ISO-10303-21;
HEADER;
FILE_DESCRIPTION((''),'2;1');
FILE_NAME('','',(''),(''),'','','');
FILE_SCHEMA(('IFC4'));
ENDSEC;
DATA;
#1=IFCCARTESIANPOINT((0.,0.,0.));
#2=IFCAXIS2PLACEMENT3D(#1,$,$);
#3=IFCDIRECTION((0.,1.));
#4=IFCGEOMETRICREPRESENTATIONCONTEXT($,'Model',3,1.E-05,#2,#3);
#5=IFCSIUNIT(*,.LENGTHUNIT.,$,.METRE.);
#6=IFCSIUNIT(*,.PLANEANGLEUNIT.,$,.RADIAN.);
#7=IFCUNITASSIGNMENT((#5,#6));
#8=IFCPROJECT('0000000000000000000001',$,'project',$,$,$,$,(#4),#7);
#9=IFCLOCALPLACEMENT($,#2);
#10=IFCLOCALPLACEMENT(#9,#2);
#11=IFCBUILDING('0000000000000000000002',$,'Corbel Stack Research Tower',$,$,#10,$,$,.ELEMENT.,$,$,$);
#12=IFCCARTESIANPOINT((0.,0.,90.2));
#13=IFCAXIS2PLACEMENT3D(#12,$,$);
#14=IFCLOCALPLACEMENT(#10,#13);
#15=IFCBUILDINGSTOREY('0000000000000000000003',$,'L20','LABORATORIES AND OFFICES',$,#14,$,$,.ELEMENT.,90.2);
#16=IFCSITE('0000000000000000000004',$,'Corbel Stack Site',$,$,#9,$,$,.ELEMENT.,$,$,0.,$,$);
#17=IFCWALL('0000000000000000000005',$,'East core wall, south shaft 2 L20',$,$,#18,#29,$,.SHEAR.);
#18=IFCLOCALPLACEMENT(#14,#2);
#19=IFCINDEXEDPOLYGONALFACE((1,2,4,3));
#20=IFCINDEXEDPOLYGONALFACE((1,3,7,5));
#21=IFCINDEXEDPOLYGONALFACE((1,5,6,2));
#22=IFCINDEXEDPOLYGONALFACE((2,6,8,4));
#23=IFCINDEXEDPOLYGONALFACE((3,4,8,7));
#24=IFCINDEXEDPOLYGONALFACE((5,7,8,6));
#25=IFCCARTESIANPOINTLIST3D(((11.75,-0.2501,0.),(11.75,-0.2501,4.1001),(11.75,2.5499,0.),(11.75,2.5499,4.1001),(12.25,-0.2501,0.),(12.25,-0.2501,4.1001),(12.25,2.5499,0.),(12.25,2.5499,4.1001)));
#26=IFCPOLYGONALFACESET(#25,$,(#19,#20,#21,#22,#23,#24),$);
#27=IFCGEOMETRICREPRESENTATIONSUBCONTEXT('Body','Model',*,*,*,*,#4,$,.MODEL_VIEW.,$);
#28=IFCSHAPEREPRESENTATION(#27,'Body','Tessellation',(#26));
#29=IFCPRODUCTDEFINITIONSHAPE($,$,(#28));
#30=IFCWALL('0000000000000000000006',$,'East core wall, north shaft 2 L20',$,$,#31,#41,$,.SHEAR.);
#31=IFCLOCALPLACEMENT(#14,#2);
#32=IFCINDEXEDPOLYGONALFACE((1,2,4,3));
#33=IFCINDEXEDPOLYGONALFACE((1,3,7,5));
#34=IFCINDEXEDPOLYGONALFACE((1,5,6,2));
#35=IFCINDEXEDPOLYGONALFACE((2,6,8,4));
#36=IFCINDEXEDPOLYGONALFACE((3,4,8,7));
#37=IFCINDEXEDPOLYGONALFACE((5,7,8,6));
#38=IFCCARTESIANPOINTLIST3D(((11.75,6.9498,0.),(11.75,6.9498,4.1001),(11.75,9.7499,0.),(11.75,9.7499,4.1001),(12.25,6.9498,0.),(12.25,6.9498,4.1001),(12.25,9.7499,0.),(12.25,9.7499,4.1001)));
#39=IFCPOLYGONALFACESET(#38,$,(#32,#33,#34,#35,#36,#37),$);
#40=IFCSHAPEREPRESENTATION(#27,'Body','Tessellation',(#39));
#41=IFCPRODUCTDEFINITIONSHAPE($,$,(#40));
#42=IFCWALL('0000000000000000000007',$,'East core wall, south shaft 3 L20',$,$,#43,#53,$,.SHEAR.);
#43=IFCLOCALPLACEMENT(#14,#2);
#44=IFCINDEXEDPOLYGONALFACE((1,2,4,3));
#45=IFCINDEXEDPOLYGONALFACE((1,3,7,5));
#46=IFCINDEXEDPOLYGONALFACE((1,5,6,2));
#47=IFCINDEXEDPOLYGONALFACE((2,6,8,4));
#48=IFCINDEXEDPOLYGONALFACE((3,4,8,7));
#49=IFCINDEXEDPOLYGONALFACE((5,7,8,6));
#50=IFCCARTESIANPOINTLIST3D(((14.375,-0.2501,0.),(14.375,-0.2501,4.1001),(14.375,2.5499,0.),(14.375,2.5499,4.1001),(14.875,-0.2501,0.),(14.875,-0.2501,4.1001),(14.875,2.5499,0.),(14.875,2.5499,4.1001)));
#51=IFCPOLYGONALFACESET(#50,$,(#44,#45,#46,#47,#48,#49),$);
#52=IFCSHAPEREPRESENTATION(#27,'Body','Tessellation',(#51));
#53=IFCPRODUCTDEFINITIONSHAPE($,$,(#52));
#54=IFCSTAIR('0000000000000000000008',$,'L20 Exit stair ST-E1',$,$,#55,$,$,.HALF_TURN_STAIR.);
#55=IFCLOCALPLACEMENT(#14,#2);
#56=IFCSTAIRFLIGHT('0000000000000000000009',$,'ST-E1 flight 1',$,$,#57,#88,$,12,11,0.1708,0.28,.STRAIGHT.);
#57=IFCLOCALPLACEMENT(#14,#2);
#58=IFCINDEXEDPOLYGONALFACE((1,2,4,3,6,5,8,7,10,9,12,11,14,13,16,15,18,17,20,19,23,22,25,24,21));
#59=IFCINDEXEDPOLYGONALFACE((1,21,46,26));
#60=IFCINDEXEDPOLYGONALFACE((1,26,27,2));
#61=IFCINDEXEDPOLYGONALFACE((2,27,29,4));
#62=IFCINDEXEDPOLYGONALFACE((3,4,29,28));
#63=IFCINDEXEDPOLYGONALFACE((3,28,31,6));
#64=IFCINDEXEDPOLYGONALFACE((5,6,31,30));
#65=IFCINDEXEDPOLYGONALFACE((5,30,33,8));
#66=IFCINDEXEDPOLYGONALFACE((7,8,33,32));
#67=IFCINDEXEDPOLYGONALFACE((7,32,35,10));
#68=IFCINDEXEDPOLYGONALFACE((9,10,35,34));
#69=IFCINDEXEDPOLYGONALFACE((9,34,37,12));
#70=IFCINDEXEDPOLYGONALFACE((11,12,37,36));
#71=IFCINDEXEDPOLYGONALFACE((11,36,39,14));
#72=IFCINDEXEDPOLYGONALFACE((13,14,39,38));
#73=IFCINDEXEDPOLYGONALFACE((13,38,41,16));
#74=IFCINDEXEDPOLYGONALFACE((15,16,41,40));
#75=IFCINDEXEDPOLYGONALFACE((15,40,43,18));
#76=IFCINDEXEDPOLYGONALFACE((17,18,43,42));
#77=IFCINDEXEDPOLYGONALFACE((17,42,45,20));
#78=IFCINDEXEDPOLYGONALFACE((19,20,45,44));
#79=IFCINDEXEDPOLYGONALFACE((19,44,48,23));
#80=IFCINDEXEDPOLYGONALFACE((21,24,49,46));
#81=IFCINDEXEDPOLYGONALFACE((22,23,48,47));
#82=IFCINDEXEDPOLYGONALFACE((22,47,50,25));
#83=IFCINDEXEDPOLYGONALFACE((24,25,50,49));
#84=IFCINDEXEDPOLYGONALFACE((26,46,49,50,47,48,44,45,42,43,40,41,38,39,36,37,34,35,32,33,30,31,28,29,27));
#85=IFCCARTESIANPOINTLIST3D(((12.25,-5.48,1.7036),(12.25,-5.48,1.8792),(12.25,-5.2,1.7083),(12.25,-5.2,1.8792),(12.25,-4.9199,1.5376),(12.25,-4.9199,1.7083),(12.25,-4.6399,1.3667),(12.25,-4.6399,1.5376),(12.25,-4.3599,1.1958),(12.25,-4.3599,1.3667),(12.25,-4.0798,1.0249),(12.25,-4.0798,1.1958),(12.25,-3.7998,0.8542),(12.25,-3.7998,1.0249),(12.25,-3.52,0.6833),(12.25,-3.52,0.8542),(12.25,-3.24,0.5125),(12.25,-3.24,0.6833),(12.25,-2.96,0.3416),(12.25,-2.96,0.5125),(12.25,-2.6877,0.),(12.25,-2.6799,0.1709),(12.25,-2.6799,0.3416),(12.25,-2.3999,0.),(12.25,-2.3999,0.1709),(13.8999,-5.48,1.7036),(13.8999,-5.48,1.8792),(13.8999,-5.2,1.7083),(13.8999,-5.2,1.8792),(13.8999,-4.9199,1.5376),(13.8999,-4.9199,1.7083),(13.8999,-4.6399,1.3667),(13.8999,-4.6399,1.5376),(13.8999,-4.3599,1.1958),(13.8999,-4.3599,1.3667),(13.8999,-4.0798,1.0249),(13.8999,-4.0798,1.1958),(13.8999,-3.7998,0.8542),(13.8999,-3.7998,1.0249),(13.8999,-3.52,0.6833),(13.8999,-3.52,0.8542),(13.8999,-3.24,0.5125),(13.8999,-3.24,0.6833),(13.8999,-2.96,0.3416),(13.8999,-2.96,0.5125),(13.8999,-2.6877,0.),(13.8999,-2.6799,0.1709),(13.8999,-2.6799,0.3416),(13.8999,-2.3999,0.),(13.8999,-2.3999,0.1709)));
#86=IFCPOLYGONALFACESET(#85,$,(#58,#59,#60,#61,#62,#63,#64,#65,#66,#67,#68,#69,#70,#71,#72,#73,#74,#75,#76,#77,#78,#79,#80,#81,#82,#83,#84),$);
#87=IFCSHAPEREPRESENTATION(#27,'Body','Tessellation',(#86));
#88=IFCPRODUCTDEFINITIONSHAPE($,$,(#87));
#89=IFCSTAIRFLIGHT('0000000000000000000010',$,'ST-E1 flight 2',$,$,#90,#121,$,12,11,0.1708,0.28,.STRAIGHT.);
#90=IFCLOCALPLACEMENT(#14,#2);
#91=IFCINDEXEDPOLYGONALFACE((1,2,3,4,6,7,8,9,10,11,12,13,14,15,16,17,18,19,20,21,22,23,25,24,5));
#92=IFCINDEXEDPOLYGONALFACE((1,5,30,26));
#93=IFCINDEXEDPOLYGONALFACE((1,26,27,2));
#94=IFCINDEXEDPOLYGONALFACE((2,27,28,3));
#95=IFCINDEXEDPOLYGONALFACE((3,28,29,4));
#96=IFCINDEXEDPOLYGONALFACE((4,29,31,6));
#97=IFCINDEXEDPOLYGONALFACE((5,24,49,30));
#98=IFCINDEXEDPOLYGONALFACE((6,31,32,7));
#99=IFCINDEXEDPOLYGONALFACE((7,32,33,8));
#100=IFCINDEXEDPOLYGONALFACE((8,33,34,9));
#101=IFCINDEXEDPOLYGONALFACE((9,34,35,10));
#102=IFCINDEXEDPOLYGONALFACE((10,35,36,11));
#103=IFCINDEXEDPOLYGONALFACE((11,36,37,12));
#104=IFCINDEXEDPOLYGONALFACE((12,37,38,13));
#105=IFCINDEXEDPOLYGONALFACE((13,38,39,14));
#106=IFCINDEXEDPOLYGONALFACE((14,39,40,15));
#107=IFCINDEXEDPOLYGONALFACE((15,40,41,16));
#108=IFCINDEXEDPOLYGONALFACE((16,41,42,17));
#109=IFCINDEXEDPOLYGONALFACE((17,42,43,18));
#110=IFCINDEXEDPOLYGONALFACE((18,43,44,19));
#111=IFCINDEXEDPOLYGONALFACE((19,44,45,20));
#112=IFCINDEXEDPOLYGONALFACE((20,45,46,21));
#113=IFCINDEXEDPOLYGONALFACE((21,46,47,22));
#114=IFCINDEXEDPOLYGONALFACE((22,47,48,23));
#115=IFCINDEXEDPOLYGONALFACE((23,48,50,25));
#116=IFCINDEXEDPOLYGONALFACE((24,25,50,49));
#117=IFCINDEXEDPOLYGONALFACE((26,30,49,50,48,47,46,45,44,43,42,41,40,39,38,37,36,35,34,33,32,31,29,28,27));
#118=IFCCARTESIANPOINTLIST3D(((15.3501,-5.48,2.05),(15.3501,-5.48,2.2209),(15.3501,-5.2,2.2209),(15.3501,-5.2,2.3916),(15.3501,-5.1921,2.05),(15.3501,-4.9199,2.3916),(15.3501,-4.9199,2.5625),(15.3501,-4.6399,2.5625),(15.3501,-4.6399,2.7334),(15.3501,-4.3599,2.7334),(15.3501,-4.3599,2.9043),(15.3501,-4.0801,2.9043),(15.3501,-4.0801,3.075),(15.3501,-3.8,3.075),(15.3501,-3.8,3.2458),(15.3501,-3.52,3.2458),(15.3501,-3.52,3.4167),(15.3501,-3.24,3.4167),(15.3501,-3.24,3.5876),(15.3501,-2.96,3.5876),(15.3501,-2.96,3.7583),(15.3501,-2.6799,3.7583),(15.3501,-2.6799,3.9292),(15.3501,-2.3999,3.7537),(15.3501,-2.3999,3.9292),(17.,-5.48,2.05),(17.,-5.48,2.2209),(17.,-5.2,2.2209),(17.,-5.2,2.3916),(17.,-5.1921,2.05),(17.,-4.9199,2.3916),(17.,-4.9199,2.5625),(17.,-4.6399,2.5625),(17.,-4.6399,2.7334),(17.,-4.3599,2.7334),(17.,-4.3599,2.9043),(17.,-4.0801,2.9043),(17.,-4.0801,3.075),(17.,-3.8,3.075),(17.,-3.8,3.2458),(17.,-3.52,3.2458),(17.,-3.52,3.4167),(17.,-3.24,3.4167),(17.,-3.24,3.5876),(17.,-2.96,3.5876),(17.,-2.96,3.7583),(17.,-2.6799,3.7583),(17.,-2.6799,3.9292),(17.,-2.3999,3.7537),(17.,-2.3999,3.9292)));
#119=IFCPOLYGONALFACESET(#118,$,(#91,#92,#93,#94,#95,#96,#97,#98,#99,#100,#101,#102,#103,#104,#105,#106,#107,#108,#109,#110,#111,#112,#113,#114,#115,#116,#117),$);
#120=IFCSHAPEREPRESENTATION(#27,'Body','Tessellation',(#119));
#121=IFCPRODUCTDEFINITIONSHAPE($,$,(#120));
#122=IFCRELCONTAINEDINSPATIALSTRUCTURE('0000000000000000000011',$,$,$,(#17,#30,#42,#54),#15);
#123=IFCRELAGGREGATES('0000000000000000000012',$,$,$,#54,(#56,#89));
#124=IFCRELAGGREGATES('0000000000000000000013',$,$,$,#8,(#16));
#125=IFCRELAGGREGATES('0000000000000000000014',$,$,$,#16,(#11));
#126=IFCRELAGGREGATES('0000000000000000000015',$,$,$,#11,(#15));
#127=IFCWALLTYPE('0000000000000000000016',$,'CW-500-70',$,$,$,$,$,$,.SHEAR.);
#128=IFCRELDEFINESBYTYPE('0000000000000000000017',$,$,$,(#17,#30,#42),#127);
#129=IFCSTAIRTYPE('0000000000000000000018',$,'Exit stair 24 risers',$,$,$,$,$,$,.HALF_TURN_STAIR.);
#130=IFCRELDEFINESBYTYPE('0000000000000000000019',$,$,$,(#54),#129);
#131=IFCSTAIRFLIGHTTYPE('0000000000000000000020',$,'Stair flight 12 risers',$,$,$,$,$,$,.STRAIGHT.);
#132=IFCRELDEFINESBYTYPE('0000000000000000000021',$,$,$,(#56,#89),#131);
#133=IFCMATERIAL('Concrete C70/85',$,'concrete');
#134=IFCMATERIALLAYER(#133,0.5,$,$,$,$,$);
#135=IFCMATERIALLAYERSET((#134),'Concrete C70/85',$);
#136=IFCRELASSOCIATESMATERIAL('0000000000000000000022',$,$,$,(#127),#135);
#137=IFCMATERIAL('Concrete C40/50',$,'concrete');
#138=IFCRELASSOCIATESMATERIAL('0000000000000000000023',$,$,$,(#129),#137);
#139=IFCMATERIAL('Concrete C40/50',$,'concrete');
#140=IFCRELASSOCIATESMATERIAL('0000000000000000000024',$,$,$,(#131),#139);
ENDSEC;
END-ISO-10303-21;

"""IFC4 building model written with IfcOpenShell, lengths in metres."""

from ifc_helpers import new_model, si_unit, direction, frame, frame_2d, origin, place, context, subcontext, project, spatial, polyline, rectangle, outline, extrude, material, layer, layer_set, type_object, element, aggregate, save


model = new_model("IFC4")

# Units and contexts
model_context = context("Model", 3, precision=1e-05, world=origin(), true_north=direction((0.0, 1.0)))
body_context = subcontext(model_context, "Body", "Model", "MODEL_VIEW")
ifc_project = project(units=[si_unit("LENGTHUNIT", "METRE"), si_unit("PLANEANGLEUNIT", "RADIAN")], contexts=[model_context])

# Site, building, storey
site_placement = place(None, origin())
site = spatial("IfcSite", under=ifc_project, at=site_placement, Name="Corbel Stack Site", CompositionType="ELEMENT", RefElevation=0.0)
building_placement = place(site_placement, origin())
building = spatial("IfcBuilding", under=site, at=building_placement, Name="Corbel Stack Research Tower", CompositionType="ELEMENT")
storey_placement = place(building_placement, frame((0.0, 0.0, 90.2)))
storey = spatial("IfcBuildingStorey", under=building, at=storey_placement, Name="L20", Description="LABORATORIES AND OFFICES", CompositionType="ELEMENT", Elevation=90.2)

# Walls
ifc_material_1 = material(Name="Concrete C70/85", Category="concrete")
ifc_layer = layer(ifc_material_1, 0.5)
ifc_layer_set = layer_set([ifc_layer], Name="Concrete C70/85")
wall_type = type_object("IfcWallType", Name="CW-500-70", PredefinedType="SHEAR", material=ifc_layer_set)
for number, where, z_axis, x_axis, name in (
    (1, (12.0, -0.25, 0.0), (0.0, 0.0, 1.0), (0.0, 1.0, 0.0), "East core wall, south shaft 2 L20"),
    (2, (12.0, 6.95, 0.0), (0.0, 0.0, 1.0), (0.0, 1.0, 0.0), "East core wall, north shaft 2 L20"),
    (3, (14.625, -0.25, 0.0), (0.0, 0.0, 1.0), (0.0, 1.0, 0.0), "East core wall, south shaft 3 L20"),
):
    element("IfcWall", number, at=place(storey_placement, frame(where, z_axis=z_axis, x_axis=x_axis)), inside=storey, type_object=wall_type, Name=name, PredefinedType="SHEAR", context=body_context, shape_type="SweptSolid", body=[
        extrude(rectangle(XDim=2.8, YDim=0.5, at=frame_2d((1.3999, 0.0))), origin(), (0.0, 0.0, 1.0), 4.1001),
    ])

# Stair, stair flights
ifc_material_2 = material(Name="Concrete C40/50", Category="concrete")
stair_type = type_object("IfcStairType", Name="Exit stair 24 risers", PredefinedType="HALF_TURN_STAIR", material=ifc_material_2)
stair_placement = place(storey_placement, origin())
stair = element("IfcStair", 4, at=stair_placement, inside=storey, type_object=stair_type, Name="L20 Exit stair ST-E1", PredefinedType="HALF_TURN_STAIR")
ifc_material_3 = material(Name="Concrete C40/50", Category="concrete")
stair_flight_type = type_object("IfcStairFlightType", Name="Stair flight 12 risers", PredefinedType="STRAIGHT", material=ifc_material_3)
stair_flight_1_placement = place(storey_placement, frame((13.075, -2.3999, 0.0), z_axis=(0.0, 0.0, 1.0), x_axis=(0.0, -1.0, 0.0)))
stair_flight_1 = element("IfcStairFlight", 5, at=stair_flight_1_placement, type_object=stair_flight_type, Name="ST-E1 flight 1", NumberOfRisers=12, NumberOfTreads=11, PredefinedType="STRAIGHT", RiserHeight=0.1708, TreadLength=0.28, context=body_context, shape_type="SweptSolid", body=[
    extrude(outline(polyline([(0.0, 0.0), (0.0, 0.1709), (0.28, 0.1709), (0.28, 0.3416), (0.5601, 0.3416), (0.5601, 0.5125), (0.8401, 0.5125), (0.8401, 0.6833), (1.1201, 0.6833), (1.1201, 0.8542), (1.3999, 0.8542), (1.3999, 1.0249), (1.6799, 1.0249), (1.6799, 1.1958), (1.96, 1.1958), (1.96, 1.3667), (2.24, 1.3667), (2.24, 1.5376), (2.52, 1.5376), (2.52, 1.7083), (2.8, 1.7083), (2.8, 1.8792), (3.0801, 1.8792), (3.0801, 2.05), (3.0801, 1.7036), (0.2878, 0.0), (0.0, 0.0)])), frame((0.0, 0.825, 0.0), z_axis=(0.0, -1.0, 0.0), x_axis=(1.0, 0.0, 0.0)), (0.0, 0.0, 1.0), 1.6499),
])
stair_flight_2_placement = place(storey_placement, frame((16.175, -5.48, 2.05), z_axis=(0.0, 0.0, 1.0), x_axis=(0.0, 1.0, 0.0)))
stair_flight_2 = element("IfcStairFlight", 6, at=stair_flight_2_placement, type_object=stair_flight_type, Name="ST-E1 flight 2", NumberOfRisers=12, NumberOfTreads=11, PredefinedType="STRAIGHT", RiserHeight=0.1708, TreadLength=0.28, context=body_context, shape_type="SweptSolid", body=[
    extrude(outline(polyline([(0.0, 0.0), (0.0, 0.1709), (0.28, 0.1709), (0.28, 0.3416), (0.5601, 0.3416), (0.5601, 0.5125), (0.8401, 0.5125), (0.8401, 0.6833), (1.1201, 0.6833), (1.1201, 0.8542), (1.3999, 0.8542), (1.3999, 1.0249), (1.6799, 1.0249), (1.6799, 1.1958), (1.96, 1.1958), (1.96, 1.3667), (2.24, 1.3667), (2.24, 1.5376), (2.52, 1.5376), (2.52, 1.7083), (2.8, 1.7083), (2.8, 1.8792), (3.0801, 1.8792), (3.0801, 2.05), (3.0801, 1.7036), (0.2878, 0.0), (0.0, 0.0)])), frame((0.0, 0.825, 0.0), z_axis=(0.0, -1.0, 0.0), x_axis=(1.0, 0.0, 0.0)), (0.0, 0.0, 1.0), 1.6499),
])
aggregate(stair, [stair_flight_1, stair_flight_2])

save(model, "model.ifc")
